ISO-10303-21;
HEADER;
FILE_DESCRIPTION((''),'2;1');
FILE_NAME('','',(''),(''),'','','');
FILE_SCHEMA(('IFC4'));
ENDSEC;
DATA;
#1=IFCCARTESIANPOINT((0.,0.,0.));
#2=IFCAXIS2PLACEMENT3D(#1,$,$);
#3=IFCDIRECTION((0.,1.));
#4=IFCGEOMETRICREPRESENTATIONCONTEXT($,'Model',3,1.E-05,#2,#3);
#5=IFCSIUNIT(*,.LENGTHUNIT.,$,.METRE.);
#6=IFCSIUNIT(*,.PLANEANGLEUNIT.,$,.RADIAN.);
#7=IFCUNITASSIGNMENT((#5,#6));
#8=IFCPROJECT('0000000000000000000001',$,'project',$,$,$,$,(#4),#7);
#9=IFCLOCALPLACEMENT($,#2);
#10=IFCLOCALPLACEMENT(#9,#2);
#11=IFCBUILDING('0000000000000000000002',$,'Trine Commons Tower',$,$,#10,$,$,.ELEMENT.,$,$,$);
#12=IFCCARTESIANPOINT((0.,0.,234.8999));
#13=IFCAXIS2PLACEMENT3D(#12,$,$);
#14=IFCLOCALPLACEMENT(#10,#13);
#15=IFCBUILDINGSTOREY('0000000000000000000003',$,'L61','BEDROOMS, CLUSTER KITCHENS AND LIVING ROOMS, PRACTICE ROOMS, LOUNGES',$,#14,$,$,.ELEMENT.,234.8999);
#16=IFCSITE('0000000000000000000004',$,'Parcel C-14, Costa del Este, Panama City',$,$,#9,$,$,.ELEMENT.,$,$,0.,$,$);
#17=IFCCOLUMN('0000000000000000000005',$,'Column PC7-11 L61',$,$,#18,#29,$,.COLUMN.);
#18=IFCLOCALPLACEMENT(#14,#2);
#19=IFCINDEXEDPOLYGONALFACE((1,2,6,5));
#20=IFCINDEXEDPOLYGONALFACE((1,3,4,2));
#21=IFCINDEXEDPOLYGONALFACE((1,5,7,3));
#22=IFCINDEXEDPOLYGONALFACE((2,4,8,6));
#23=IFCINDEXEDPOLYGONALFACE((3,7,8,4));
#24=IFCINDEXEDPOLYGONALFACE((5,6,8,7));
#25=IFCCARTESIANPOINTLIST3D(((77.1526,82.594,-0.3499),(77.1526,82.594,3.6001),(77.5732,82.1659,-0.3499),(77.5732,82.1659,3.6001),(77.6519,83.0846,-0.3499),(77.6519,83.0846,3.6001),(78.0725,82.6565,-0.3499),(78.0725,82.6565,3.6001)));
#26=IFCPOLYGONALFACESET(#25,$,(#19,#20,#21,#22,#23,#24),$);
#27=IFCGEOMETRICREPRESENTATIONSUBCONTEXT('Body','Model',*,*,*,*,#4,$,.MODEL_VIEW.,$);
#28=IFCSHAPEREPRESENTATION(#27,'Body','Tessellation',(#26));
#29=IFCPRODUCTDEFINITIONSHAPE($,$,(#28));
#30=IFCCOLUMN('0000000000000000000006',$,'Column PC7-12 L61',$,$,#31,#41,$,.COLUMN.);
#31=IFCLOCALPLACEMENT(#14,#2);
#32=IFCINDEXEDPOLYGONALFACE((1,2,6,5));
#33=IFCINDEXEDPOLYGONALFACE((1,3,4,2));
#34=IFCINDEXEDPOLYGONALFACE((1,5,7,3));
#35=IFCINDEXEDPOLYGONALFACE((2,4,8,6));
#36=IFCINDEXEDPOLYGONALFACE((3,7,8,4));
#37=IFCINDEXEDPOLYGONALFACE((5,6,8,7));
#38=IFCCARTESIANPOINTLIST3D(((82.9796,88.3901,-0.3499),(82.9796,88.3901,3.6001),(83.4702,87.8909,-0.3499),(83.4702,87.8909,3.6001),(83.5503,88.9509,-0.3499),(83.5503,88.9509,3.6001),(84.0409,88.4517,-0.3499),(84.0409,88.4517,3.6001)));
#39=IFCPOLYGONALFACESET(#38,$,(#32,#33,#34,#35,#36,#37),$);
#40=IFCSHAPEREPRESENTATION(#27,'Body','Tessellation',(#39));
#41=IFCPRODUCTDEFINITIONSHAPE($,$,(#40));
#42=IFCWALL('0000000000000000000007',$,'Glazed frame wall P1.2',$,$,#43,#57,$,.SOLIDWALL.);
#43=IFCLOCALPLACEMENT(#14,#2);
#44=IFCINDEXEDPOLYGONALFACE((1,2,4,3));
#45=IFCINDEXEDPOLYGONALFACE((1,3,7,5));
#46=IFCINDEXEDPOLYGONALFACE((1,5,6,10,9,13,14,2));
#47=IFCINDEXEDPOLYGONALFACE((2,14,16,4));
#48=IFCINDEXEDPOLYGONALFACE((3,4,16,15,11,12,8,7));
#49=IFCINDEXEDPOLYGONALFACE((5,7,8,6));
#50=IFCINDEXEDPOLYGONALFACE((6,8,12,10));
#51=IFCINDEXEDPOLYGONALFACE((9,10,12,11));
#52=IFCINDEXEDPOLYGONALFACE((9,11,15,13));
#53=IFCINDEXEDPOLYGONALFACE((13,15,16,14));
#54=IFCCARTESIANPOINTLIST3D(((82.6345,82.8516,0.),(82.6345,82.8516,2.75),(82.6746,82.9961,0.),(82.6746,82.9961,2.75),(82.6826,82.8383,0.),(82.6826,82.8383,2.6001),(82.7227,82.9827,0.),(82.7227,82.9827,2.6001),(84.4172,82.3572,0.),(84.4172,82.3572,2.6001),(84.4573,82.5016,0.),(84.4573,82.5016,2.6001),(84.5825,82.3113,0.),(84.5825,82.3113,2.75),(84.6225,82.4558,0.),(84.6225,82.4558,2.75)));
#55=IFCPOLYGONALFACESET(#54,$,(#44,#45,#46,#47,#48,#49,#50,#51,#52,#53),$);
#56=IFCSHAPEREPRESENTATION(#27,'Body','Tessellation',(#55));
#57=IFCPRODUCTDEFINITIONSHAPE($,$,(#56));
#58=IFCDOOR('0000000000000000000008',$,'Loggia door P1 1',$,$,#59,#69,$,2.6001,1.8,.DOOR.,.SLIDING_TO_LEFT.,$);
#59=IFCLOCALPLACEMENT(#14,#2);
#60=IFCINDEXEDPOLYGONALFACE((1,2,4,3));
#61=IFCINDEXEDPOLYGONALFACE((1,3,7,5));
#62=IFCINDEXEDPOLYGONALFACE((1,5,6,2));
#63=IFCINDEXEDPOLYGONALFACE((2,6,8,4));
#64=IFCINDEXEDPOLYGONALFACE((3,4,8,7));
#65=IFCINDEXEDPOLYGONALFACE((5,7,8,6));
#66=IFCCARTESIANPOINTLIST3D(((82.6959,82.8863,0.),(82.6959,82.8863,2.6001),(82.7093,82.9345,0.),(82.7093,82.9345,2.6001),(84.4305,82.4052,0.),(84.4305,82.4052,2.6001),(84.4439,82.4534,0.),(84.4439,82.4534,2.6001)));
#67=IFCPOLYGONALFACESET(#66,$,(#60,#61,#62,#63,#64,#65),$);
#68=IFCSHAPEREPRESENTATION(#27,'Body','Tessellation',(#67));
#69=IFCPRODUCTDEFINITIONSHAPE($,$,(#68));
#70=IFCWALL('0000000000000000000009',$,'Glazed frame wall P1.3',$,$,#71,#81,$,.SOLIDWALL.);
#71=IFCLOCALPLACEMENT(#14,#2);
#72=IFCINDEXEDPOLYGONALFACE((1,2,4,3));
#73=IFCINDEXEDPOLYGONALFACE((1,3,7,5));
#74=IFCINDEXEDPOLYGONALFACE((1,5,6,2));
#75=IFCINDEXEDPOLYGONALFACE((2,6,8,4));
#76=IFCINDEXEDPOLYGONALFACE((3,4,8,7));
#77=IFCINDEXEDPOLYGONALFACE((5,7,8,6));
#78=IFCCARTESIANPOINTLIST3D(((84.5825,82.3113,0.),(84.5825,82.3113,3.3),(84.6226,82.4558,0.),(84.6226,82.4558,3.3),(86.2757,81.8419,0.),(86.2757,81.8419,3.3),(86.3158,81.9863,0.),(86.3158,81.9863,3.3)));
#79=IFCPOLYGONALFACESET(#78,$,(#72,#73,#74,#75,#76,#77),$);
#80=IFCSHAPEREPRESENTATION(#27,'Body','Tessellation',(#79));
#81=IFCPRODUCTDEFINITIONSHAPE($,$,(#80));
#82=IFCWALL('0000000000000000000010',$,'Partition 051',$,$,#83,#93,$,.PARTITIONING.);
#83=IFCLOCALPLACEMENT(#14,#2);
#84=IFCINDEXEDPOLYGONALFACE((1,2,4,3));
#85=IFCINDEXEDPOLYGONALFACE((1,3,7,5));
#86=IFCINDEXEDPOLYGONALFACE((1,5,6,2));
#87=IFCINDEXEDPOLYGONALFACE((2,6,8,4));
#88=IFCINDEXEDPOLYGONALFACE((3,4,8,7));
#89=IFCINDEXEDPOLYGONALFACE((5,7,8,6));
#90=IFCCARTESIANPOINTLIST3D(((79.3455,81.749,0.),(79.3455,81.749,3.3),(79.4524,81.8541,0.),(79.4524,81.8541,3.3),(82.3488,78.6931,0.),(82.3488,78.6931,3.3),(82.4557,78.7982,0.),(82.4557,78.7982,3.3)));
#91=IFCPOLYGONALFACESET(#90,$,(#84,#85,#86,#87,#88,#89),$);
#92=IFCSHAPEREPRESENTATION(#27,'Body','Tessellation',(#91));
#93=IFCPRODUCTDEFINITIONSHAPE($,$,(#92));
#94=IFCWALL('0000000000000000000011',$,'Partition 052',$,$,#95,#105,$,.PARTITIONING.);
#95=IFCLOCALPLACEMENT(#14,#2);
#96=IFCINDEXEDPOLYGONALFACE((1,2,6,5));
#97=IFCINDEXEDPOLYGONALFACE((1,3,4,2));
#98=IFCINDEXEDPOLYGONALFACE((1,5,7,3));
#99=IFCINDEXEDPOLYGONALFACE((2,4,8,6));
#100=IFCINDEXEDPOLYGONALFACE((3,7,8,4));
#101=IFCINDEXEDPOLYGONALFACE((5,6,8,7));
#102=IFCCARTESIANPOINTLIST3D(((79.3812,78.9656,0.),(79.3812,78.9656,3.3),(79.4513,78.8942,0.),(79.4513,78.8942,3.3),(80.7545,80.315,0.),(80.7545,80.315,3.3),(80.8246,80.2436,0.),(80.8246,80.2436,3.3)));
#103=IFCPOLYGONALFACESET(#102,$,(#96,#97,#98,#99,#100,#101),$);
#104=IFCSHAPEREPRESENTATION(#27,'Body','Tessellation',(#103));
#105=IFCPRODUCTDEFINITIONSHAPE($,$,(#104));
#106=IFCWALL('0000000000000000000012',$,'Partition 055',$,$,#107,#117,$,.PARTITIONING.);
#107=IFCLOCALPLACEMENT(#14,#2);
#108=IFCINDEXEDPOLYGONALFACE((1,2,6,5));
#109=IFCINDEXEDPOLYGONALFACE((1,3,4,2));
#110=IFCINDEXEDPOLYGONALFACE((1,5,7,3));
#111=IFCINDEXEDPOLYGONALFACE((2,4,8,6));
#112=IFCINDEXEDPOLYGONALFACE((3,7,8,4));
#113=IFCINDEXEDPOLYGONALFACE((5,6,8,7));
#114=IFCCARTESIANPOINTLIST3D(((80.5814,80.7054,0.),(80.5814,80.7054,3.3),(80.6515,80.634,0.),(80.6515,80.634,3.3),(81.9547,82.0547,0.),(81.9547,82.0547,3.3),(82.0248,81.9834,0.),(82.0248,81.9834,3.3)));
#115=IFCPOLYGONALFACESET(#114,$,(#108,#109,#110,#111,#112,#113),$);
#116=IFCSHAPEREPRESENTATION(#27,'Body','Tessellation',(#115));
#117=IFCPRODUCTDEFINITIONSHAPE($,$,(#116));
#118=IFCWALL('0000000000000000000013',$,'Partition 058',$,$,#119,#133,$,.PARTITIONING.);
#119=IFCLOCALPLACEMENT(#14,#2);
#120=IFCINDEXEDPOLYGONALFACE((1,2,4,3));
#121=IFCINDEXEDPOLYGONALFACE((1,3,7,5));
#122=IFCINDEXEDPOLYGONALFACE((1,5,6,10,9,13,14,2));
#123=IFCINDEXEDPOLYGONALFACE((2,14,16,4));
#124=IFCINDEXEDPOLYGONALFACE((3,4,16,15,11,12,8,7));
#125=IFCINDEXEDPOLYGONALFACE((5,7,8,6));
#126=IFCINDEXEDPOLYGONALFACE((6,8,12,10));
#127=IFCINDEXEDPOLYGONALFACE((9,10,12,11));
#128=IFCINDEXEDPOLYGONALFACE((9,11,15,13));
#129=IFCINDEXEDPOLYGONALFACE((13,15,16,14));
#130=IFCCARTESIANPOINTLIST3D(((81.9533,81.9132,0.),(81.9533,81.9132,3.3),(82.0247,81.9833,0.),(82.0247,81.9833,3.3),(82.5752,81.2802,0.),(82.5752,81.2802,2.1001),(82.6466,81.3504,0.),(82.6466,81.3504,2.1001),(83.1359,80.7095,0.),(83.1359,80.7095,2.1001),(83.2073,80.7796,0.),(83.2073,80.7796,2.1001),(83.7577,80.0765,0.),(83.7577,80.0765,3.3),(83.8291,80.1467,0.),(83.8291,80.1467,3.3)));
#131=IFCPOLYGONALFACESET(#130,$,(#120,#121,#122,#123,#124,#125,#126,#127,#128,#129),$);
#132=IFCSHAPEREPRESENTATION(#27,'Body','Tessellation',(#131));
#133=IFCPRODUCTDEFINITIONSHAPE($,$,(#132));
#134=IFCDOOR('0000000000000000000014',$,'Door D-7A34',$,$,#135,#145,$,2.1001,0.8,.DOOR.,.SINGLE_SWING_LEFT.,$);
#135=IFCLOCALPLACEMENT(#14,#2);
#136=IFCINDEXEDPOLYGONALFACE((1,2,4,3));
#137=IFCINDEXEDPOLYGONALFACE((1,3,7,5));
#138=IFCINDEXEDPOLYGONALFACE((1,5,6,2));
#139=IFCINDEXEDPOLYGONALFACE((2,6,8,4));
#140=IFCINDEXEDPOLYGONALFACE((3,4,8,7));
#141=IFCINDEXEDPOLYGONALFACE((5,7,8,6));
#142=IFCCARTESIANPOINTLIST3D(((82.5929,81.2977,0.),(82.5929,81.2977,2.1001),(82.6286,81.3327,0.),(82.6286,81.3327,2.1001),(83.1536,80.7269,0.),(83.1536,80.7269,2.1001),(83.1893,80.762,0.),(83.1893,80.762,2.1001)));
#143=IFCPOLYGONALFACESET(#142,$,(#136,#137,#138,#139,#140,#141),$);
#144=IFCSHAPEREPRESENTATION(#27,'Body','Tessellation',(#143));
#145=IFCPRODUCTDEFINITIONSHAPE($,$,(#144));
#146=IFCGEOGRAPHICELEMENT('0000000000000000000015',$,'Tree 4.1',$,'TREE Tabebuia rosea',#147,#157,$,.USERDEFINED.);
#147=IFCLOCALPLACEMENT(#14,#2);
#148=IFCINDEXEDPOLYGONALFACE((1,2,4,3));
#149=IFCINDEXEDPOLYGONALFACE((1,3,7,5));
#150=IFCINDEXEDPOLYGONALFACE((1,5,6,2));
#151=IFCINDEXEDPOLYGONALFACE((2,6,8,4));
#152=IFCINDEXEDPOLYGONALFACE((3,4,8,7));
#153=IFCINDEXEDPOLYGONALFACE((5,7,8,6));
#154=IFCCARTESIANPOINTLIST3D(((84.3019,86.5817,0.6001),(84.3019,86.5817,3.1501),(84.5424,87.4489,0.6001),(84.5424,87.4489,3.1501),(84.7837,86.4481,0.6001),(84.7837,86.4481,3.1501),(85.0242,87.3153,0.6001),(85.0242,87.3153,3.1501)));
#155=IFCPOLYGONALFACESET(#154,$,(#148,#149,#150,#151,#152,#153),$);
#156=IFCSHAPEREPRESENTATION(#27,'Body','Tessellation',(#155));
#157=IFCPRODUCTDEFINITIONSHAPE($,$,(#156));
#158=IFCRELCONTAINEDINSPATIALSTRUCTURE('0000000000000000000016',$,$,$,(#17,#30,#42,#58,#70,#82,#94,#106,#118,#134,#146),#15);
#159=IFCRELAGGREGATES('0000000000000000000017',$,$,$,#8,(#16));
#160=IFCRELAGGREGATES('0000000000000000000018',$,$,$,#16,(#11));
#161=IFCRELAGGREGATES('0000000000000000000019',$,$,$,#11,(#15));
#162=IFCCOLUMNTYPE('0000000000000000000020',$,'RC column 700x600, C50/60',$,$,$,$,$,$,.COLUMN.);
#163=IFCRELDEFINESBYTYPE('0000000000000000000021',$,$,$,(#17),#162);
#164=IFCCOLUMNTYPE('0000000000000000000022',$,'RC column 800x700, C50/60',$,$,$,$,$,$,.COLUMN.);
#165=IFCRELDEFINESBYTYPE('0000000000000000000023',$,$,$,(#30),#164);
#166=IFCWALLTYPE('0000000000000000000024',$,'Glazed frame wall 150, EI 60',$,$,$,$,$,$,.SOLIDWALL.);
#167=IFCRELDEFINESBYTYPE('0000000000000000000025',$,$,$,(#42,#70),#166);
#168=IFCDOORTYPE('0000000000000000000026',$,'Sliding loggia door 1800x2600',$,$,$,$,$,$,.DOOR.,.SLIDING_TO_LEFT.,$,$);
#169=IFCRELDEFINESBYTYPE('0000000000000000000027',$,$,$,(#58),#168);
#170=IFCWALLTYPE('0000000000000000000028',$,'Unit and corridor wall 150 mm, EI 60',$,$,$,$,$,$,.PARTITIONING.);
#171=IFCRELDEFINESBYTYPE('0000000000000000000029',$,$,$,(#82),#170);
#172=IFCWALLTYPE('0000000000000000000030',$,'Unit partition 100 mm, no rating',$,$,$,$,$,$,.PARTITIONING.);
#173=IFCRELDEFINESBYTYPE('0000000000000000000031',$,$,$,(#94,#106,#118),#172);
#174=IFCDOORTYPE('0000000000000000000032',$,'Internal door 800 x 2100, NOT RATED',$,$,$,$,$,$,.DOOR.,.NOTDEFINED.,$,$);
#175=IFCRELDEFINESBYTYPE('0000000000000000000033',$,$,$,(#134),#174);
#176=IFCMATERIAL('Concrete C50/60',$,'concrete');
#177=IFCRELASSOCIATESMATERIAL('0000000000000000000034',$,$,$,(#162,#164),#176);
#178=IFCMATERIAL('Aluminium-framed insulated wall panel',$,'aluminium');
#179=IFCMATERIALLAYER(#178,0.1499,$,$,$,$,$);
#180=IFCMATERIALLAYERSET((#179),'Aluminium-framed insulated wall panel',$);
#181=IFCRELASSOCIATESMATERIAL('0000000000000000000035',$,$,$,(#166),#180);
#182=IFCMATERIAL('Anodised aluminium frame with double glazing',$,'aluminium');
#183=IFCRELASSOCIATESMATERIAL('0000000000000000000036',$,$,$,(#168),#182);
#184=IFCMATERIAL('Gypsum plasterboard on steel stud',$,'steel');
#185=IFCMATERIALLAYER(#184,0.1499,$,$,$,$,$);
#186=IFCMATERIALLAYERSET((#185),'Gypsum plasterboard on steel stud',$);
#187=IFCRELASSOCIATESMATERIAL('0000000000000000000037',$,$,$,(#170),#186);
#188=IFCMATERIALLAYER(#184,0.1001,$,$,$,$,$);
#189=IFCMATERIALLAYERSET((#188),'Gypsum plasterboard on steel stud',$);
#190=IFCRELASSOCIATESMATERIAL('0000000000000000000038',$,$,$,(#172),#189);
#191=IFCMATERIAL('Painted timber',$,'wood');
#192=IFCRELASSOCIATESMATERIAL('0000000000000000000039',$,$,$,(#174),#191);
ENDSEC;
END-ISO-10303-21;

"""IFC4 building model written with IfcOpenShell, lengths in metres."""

from ifc_helpers import new_model, si_unit, direction, frame, frame_2d, origin, origin_2d, place, context, subcontext, project, spatial, polyline, rectangle, outline, extrude, material, layer, layer_set, material_profile, profile_set, type_object, element, fill, save


model = new_model("IFC4")

# Units and contexts
model_context = context("Model", 3, precision=1e-05, world=origin(), true_north=direction((0.0, 1.0)))
body_context = subcontext(model_context, "Body", "Model", "MODEL_VIEW")
ifc_project = project(units=[si_unit("LENGTHUNIT", "METRE"), si_unit("PLANEANGLEUNIT", "RADIAN")], contexts=[model_context])

# Site, building, storey
site_placement = place(None, origin())
site = spatial("IfcSite", under=ifc_project, at=site_placement, Name="Parcel C-14, Costa del Este, Panama City", CompositionType="ELEMENT", RefElevation=0.0)
building_placement = place(site_placement, origin())
building = spatial("IfcBuilding", under=site, at=building_placement, Name="Trine Commons Tower", CompositionType="ELEMENT")
storey_placement = place(building_placement, frame((0.0, 0.0, 234.8999)))
storey = spatial("IfcBuildingStorey", under=building, at=storey_placement, Name="L61", Description="BEDROOMS, CLUSTER KITCHENS AND LIVING ROOMS, PRACTICE ROOMS, LOUNGES", CompositionType="ELEMENT", Elevation=234.8999)

# Columns
ifc_material_1 = material(Name="Concrete C50/60", Category="concrete")
ifc_material_profile_1 = material_profile(ifc_material_1, rectangle(XDim=0.7, YDim=0.6001, at=origin_2d()), Name="RC 700x600")
ifc_profile_set_1 = profile_set([ifc_material_profile_1], Name="Concrete C50/60")
column_type_1 = type_object("IfcColumnType", Name="RC column 700x600, C50/60", PredefinedType="COLUMN", material=ifc_profile_set_1)
column_1_placement = place(storey_placement, frame((77.6125, 82.6252, -0.3499), z_axis=(0.0, 0.0, 1.0), x_axis=(0.71325, 0.700909, 0.0)))
element("IfcColumn", 1, at=column_1_placement, inside=storey, type_object=column_type_1, Name="Column PC7-11 L61", PredefinedType="COLUMN", context=body_context, shape_type="SweptSolid", body=[
    extrude(rectangle(XDim=0.7, YDim=0.6001, at=origin_2d()), origin(), (0.0, 0.0, 1.0), 3.95),
])
ifc_material_profile_2 = material_profile(ifc_material_1, rectangle(XDim=0.8, YDim=0.7, at=origin_2d()), Name="RC 800x700")
ifc_profile_set_2 = profile_set([ifc_material_profile_2], Name="Concrete C50/60")
column_type_2 = type_object("IfcColumnType", Name="RC column 800x700, C50/60", PredefinedType="COLUMN", material=ifc_profile_set_2)
column_2_placement = place(storey_placement, frame((83.5103, 88.4209, -0.3499), z_axis=(0.0, 0.0, 1.0), x_axis=(0.71325, 0.700909, 0.0)))
element("IfcColumn", 2, at=column_2_placement, inside=storey, type_object=column_type_2, Name="Column PC7-12 L61", PredefinedType="COLUMN", context=body_context, shape_type="SweptSolid", body=[
    extrude(rectangle(XDim=0.8, YDim=0.7, at=origin_2d()), origin(), (0.0, 0.0, 1.0), 3.95),
])

# Shared definitions
ifc_material_2 = material(Name="Aluminium-framed insulated wall panel", Category="aluminium")
ifc_layer_1 = layer(ifc_material_2, 0.1499)
ifc_layer_set_1 = layer_set([ifc_layer_1], Name="Aluminium-framed insulated wall panel")
wall_type_1 = type_object("IfcWallType", Name="Glazed frame wall 150, EI 60", PredefinedType="SOLIDWALL", material=ifc_layer_set_1)

# Wall, opening, door
wall_1_placement = place(storey_placement, frame((82.6545, 82.9238, 0.0), z_axis=(0.0, 0.0, 1.0), x_axis=(0.963623, -0.267264, 0.0)))
wall_1 = element("IfcWall", 3, at=wall_1_placement, inside=storey, type_object=wall_type_1, Name="Glazed frame wall P1.2", PredefinedType="SOLIDWALL", context=body_context, shape_type="SweptSolid", body=[
    extrude(outline(polyline([(0.0, -0.075), (2.0215, -0.075), (2.0215, 0.075), (0.0, 0.075), (0.0, -0.075)])), origin(), (0.0, 0.0, 1.0), 2.75),
])
opening_1_placement = place(wall_1_placement, frame((0.05, 0.0, 0.0)))
opening_1 = element("IfcOpeningElement", 4, at=opening_1_placement, cuts=wall_1, PredefinedType="OPENING", context=body_context, shape_type="SweptSolid", body=[
    extrude(rectangle(XDim=1.8, YDim=2.6001, at=frame_2d((0.8999, 1.3))), frame((0.0, 0.085, 0.0), z_axis=(0.0, -1.0, 0.0), x_axis=(1.0, 0.0, 0.0)), (0.0, 0.0, 1.0), 0.1699),
])
ifc_material_3 = material(Name="Anodised aluminium frame with double glazing", Category="aluminium")
door_type_1 = type_object("IfcDoorType", Name="Sliding loggia door 1800x2600", OperationType="SLIDING_TO_LEFT", PredefinedType="DOOR", material=ifc_material_3)
door_1_placement = place(opening_1_placement, origin())
door_1 = element("IfcDoor", 5, at=door_1_placement, inside=storey, type_object=door_type_1, Name="Loggia door P1 1", OperationType="SLIDING_TO_LEFT", OverallHeight=2.6001, OverallWidth=1.8, PredefinedType="DOOR", context=body_context, shape_type="SweptSolid", body=[
    extrude(rectangle(XDim=1.8, YDim=2.6001, at=frame_2d((0.8999, 1.3))), frame((0.0, 0.0249, 0.0), z_axis=(0.0, -1.0, 0.0), x_axis=(1.0, 0.0, 0.0)), (0.0, 0.0, 1.0), 0.05),
])
fill(opening_1, door_1)

# Walls
wall_2_placement = place(storey_placement, frame((84.6025, 82.3835, 0.0), z_axis=(0.0, 0.0, 1.0), x_axis=(0.963649, -0.267171, 0.0)))
element("IfcWall", 6, at=wall_2_placement, inside=storey, type_object=wall_type_1, Name="Glazed frame wall P1.3", PredefinedType="SOLIDWALL", context=body_context, shape_type="SweptSolid", body=[
    extrude(outline(polyline([(0.0, -0.075), (1.7571, -0.075), (1.7571, 0.075), (0.0, 0.075), (0.0, -0.075)])), origin(), (0.0, 0.0, 1.0), 3.3),
])
ifc_material_4 = material(Name="Gypsum plasterboard on steel stud", Category="steel")
ifc_layer_2 = layer(ifc_material_4, 0.1499)
ifc_layer_set_2 = layer_set([ifc_layer_2], Name="Gypsum plasterboard on steel stud")
wall_type_2 = type_object("IfcWallType", Name="Unit and corridor wall 150 mm, EI 60", PredefinedType="PARTITIONING", material=ifc_layer_set_2)
wall_3_placement = place(storey_placement, frame((79.3989, 81.8015, 0.0), z_axis=(0.0, 0.0, 1.0), x_axis=(0.700955, -0.713205, 0.0)))
element("IfcWall", 7, at=wall_3_placement, inside=storey, type_object=wall_type_2, Name="Partition 051", PredefinedType="PARTITIONING", context=body_context, shape_type="SweptSolid", body=[
    extrude(rectangle(XDim=4.2847, YDim=0.1499, at=frame_2d((2.1423, 0.0))), origin(), (0.0, 0.0, 1.0), 3.3),
])
ifc_layer_3 = layer(ifc_material_4, 0.1001)
ifc_layer_set_3 = layer_set([ifc_layer_3], Name="Gypsum plasterboard on steel stud")
wall_type_3 = type_object("IfcWallType", Name="Unit partition 100 mm, no rating", PredefinedType="PARTITIONING", material=ifc_layer_set_3)
for number, where, z_axis, x_axis, name in (
    (8, (79.4163, 78.9299, 0.0), (0.0, 0.0, 1.0), (0.713293, 0.700866, 0.0), "Partition 052"),
    (9, (80.6165, 80.6697, 0.0), (0.0, 0.0, 1.0), (0.713293, 0.700866, 0.0), "Partition 055"),
):
    element("IfcWall", number, at=place(storey_placement, frame(where, z_axis=z_axis, x_axis=x_axis)), inside=storey, type_object=wall_type_3, Name=name, PredefinedType="PARTITIONING", context=body_context, shape_type="SweptSolid", body=[
        extrude(rectangle(XDim=1.9253, YDim=0.1001, at=frame_2d((0.9626, 0.0))), origin(), (0.0, 0.0, 1.0), 3.3),
    ])

# Wall, opening, door
wall_4_placement = place(storey_placement, frame((81.989, 81.9482, 0.0), z_axis=(0.0, 0.0, 1.0), x_axis=(0.700821, -0.713337, 0.0)))
wall_4 = element("IfcWall", 10, at=wall_4_placement, inside=storey, type_object=wall_type_3, Name="Partition 058", PredefinedType="PARTITIONING", context=body_context, shape_type="SweptSolid", body=[
    extrude(rectangle(XDim=2.5747, YDim=0.1001, at=frame_2d((1.2874, 0.0))), origin(), (0.0, 0.0, 1.0), 3.3),
])
opening_2_placement = place(wall_4_placement, frame((0.8875, 0.0, 0.0)))
opening_2 = element("IfcOpeningElement", 11, at=opening_2_placement, cuts=wall_4, PredefinedType="OPENING", context=body_context, shape_type="SweptSolid", body=[
    extrude(rectangle(XDim=0.8, YDim=2.1001, at=frame_2d((0.3999, 1.05))), frame((0.0, 0.0601, 0.0), z_axis=(0.0, -1.0, 0.0), x_axis=(1.0, 0.0, 0.0)), (0.0, 0.0, 1.0), 0.1201),
])
ifc_material_5 = material(Name="Painted timber", Category="wood")
door_type_2 = type_object("IfcDoorType", Name="Internal door 800 x 2100, NOT RATED", OperationType="NOTDEFINED", PredefinedType="DOOR", material=ifc_material_5)
door_2_placement = place(opening_2_placement, origin())
door_2 = element("IfcDoor", 12, at=door_2_placement, inside=storey, type_object=door_type_2, Name="Door D-7A34", OperationType="SINGLE_SWING_LEFT", OverallHeight=2.1001, OverallWidth=0.8, PredefinedType="DOOR", context=body_context, shape_type="SweptSolid", body=[
    extrude(rectangle(XDim=0.8, YDim=2.1001, at=frame_2d((0.3999, 1.05))), frame((0.0, 0.0249, 0.0), z_axis=(0.0, -1.0, 0.0), x_axis=(1.0, 0.0, 0.0)), (0.0, 0.0, 1.0), 0.05),
])
fill(opening_2, door_2)

# Geographic element
geographic_element_placement = place(storey_placement, frame((84.6631, 86.9485, 0.6001), z_axis=(0.0, 0.0, 1.0), x_axis=(-0.26724, -0.96363, 0.0)))
element("IfcGeographicElement", 13, at=geographic_element_placement, inside=storey, Name="Tree 4.1", ObjectType="TREE Tabebuia rosea", PredefinedType="USERDEFINED", context=body_context, shape_type="SweptSolid", body=[
    extrude(rectangle(XDim=0.8999, YDim=0.5, at=origin_2d()), origin(), (0.0, 0.0, 1.0), 2.55),
])

save(model, "model.ifc")
